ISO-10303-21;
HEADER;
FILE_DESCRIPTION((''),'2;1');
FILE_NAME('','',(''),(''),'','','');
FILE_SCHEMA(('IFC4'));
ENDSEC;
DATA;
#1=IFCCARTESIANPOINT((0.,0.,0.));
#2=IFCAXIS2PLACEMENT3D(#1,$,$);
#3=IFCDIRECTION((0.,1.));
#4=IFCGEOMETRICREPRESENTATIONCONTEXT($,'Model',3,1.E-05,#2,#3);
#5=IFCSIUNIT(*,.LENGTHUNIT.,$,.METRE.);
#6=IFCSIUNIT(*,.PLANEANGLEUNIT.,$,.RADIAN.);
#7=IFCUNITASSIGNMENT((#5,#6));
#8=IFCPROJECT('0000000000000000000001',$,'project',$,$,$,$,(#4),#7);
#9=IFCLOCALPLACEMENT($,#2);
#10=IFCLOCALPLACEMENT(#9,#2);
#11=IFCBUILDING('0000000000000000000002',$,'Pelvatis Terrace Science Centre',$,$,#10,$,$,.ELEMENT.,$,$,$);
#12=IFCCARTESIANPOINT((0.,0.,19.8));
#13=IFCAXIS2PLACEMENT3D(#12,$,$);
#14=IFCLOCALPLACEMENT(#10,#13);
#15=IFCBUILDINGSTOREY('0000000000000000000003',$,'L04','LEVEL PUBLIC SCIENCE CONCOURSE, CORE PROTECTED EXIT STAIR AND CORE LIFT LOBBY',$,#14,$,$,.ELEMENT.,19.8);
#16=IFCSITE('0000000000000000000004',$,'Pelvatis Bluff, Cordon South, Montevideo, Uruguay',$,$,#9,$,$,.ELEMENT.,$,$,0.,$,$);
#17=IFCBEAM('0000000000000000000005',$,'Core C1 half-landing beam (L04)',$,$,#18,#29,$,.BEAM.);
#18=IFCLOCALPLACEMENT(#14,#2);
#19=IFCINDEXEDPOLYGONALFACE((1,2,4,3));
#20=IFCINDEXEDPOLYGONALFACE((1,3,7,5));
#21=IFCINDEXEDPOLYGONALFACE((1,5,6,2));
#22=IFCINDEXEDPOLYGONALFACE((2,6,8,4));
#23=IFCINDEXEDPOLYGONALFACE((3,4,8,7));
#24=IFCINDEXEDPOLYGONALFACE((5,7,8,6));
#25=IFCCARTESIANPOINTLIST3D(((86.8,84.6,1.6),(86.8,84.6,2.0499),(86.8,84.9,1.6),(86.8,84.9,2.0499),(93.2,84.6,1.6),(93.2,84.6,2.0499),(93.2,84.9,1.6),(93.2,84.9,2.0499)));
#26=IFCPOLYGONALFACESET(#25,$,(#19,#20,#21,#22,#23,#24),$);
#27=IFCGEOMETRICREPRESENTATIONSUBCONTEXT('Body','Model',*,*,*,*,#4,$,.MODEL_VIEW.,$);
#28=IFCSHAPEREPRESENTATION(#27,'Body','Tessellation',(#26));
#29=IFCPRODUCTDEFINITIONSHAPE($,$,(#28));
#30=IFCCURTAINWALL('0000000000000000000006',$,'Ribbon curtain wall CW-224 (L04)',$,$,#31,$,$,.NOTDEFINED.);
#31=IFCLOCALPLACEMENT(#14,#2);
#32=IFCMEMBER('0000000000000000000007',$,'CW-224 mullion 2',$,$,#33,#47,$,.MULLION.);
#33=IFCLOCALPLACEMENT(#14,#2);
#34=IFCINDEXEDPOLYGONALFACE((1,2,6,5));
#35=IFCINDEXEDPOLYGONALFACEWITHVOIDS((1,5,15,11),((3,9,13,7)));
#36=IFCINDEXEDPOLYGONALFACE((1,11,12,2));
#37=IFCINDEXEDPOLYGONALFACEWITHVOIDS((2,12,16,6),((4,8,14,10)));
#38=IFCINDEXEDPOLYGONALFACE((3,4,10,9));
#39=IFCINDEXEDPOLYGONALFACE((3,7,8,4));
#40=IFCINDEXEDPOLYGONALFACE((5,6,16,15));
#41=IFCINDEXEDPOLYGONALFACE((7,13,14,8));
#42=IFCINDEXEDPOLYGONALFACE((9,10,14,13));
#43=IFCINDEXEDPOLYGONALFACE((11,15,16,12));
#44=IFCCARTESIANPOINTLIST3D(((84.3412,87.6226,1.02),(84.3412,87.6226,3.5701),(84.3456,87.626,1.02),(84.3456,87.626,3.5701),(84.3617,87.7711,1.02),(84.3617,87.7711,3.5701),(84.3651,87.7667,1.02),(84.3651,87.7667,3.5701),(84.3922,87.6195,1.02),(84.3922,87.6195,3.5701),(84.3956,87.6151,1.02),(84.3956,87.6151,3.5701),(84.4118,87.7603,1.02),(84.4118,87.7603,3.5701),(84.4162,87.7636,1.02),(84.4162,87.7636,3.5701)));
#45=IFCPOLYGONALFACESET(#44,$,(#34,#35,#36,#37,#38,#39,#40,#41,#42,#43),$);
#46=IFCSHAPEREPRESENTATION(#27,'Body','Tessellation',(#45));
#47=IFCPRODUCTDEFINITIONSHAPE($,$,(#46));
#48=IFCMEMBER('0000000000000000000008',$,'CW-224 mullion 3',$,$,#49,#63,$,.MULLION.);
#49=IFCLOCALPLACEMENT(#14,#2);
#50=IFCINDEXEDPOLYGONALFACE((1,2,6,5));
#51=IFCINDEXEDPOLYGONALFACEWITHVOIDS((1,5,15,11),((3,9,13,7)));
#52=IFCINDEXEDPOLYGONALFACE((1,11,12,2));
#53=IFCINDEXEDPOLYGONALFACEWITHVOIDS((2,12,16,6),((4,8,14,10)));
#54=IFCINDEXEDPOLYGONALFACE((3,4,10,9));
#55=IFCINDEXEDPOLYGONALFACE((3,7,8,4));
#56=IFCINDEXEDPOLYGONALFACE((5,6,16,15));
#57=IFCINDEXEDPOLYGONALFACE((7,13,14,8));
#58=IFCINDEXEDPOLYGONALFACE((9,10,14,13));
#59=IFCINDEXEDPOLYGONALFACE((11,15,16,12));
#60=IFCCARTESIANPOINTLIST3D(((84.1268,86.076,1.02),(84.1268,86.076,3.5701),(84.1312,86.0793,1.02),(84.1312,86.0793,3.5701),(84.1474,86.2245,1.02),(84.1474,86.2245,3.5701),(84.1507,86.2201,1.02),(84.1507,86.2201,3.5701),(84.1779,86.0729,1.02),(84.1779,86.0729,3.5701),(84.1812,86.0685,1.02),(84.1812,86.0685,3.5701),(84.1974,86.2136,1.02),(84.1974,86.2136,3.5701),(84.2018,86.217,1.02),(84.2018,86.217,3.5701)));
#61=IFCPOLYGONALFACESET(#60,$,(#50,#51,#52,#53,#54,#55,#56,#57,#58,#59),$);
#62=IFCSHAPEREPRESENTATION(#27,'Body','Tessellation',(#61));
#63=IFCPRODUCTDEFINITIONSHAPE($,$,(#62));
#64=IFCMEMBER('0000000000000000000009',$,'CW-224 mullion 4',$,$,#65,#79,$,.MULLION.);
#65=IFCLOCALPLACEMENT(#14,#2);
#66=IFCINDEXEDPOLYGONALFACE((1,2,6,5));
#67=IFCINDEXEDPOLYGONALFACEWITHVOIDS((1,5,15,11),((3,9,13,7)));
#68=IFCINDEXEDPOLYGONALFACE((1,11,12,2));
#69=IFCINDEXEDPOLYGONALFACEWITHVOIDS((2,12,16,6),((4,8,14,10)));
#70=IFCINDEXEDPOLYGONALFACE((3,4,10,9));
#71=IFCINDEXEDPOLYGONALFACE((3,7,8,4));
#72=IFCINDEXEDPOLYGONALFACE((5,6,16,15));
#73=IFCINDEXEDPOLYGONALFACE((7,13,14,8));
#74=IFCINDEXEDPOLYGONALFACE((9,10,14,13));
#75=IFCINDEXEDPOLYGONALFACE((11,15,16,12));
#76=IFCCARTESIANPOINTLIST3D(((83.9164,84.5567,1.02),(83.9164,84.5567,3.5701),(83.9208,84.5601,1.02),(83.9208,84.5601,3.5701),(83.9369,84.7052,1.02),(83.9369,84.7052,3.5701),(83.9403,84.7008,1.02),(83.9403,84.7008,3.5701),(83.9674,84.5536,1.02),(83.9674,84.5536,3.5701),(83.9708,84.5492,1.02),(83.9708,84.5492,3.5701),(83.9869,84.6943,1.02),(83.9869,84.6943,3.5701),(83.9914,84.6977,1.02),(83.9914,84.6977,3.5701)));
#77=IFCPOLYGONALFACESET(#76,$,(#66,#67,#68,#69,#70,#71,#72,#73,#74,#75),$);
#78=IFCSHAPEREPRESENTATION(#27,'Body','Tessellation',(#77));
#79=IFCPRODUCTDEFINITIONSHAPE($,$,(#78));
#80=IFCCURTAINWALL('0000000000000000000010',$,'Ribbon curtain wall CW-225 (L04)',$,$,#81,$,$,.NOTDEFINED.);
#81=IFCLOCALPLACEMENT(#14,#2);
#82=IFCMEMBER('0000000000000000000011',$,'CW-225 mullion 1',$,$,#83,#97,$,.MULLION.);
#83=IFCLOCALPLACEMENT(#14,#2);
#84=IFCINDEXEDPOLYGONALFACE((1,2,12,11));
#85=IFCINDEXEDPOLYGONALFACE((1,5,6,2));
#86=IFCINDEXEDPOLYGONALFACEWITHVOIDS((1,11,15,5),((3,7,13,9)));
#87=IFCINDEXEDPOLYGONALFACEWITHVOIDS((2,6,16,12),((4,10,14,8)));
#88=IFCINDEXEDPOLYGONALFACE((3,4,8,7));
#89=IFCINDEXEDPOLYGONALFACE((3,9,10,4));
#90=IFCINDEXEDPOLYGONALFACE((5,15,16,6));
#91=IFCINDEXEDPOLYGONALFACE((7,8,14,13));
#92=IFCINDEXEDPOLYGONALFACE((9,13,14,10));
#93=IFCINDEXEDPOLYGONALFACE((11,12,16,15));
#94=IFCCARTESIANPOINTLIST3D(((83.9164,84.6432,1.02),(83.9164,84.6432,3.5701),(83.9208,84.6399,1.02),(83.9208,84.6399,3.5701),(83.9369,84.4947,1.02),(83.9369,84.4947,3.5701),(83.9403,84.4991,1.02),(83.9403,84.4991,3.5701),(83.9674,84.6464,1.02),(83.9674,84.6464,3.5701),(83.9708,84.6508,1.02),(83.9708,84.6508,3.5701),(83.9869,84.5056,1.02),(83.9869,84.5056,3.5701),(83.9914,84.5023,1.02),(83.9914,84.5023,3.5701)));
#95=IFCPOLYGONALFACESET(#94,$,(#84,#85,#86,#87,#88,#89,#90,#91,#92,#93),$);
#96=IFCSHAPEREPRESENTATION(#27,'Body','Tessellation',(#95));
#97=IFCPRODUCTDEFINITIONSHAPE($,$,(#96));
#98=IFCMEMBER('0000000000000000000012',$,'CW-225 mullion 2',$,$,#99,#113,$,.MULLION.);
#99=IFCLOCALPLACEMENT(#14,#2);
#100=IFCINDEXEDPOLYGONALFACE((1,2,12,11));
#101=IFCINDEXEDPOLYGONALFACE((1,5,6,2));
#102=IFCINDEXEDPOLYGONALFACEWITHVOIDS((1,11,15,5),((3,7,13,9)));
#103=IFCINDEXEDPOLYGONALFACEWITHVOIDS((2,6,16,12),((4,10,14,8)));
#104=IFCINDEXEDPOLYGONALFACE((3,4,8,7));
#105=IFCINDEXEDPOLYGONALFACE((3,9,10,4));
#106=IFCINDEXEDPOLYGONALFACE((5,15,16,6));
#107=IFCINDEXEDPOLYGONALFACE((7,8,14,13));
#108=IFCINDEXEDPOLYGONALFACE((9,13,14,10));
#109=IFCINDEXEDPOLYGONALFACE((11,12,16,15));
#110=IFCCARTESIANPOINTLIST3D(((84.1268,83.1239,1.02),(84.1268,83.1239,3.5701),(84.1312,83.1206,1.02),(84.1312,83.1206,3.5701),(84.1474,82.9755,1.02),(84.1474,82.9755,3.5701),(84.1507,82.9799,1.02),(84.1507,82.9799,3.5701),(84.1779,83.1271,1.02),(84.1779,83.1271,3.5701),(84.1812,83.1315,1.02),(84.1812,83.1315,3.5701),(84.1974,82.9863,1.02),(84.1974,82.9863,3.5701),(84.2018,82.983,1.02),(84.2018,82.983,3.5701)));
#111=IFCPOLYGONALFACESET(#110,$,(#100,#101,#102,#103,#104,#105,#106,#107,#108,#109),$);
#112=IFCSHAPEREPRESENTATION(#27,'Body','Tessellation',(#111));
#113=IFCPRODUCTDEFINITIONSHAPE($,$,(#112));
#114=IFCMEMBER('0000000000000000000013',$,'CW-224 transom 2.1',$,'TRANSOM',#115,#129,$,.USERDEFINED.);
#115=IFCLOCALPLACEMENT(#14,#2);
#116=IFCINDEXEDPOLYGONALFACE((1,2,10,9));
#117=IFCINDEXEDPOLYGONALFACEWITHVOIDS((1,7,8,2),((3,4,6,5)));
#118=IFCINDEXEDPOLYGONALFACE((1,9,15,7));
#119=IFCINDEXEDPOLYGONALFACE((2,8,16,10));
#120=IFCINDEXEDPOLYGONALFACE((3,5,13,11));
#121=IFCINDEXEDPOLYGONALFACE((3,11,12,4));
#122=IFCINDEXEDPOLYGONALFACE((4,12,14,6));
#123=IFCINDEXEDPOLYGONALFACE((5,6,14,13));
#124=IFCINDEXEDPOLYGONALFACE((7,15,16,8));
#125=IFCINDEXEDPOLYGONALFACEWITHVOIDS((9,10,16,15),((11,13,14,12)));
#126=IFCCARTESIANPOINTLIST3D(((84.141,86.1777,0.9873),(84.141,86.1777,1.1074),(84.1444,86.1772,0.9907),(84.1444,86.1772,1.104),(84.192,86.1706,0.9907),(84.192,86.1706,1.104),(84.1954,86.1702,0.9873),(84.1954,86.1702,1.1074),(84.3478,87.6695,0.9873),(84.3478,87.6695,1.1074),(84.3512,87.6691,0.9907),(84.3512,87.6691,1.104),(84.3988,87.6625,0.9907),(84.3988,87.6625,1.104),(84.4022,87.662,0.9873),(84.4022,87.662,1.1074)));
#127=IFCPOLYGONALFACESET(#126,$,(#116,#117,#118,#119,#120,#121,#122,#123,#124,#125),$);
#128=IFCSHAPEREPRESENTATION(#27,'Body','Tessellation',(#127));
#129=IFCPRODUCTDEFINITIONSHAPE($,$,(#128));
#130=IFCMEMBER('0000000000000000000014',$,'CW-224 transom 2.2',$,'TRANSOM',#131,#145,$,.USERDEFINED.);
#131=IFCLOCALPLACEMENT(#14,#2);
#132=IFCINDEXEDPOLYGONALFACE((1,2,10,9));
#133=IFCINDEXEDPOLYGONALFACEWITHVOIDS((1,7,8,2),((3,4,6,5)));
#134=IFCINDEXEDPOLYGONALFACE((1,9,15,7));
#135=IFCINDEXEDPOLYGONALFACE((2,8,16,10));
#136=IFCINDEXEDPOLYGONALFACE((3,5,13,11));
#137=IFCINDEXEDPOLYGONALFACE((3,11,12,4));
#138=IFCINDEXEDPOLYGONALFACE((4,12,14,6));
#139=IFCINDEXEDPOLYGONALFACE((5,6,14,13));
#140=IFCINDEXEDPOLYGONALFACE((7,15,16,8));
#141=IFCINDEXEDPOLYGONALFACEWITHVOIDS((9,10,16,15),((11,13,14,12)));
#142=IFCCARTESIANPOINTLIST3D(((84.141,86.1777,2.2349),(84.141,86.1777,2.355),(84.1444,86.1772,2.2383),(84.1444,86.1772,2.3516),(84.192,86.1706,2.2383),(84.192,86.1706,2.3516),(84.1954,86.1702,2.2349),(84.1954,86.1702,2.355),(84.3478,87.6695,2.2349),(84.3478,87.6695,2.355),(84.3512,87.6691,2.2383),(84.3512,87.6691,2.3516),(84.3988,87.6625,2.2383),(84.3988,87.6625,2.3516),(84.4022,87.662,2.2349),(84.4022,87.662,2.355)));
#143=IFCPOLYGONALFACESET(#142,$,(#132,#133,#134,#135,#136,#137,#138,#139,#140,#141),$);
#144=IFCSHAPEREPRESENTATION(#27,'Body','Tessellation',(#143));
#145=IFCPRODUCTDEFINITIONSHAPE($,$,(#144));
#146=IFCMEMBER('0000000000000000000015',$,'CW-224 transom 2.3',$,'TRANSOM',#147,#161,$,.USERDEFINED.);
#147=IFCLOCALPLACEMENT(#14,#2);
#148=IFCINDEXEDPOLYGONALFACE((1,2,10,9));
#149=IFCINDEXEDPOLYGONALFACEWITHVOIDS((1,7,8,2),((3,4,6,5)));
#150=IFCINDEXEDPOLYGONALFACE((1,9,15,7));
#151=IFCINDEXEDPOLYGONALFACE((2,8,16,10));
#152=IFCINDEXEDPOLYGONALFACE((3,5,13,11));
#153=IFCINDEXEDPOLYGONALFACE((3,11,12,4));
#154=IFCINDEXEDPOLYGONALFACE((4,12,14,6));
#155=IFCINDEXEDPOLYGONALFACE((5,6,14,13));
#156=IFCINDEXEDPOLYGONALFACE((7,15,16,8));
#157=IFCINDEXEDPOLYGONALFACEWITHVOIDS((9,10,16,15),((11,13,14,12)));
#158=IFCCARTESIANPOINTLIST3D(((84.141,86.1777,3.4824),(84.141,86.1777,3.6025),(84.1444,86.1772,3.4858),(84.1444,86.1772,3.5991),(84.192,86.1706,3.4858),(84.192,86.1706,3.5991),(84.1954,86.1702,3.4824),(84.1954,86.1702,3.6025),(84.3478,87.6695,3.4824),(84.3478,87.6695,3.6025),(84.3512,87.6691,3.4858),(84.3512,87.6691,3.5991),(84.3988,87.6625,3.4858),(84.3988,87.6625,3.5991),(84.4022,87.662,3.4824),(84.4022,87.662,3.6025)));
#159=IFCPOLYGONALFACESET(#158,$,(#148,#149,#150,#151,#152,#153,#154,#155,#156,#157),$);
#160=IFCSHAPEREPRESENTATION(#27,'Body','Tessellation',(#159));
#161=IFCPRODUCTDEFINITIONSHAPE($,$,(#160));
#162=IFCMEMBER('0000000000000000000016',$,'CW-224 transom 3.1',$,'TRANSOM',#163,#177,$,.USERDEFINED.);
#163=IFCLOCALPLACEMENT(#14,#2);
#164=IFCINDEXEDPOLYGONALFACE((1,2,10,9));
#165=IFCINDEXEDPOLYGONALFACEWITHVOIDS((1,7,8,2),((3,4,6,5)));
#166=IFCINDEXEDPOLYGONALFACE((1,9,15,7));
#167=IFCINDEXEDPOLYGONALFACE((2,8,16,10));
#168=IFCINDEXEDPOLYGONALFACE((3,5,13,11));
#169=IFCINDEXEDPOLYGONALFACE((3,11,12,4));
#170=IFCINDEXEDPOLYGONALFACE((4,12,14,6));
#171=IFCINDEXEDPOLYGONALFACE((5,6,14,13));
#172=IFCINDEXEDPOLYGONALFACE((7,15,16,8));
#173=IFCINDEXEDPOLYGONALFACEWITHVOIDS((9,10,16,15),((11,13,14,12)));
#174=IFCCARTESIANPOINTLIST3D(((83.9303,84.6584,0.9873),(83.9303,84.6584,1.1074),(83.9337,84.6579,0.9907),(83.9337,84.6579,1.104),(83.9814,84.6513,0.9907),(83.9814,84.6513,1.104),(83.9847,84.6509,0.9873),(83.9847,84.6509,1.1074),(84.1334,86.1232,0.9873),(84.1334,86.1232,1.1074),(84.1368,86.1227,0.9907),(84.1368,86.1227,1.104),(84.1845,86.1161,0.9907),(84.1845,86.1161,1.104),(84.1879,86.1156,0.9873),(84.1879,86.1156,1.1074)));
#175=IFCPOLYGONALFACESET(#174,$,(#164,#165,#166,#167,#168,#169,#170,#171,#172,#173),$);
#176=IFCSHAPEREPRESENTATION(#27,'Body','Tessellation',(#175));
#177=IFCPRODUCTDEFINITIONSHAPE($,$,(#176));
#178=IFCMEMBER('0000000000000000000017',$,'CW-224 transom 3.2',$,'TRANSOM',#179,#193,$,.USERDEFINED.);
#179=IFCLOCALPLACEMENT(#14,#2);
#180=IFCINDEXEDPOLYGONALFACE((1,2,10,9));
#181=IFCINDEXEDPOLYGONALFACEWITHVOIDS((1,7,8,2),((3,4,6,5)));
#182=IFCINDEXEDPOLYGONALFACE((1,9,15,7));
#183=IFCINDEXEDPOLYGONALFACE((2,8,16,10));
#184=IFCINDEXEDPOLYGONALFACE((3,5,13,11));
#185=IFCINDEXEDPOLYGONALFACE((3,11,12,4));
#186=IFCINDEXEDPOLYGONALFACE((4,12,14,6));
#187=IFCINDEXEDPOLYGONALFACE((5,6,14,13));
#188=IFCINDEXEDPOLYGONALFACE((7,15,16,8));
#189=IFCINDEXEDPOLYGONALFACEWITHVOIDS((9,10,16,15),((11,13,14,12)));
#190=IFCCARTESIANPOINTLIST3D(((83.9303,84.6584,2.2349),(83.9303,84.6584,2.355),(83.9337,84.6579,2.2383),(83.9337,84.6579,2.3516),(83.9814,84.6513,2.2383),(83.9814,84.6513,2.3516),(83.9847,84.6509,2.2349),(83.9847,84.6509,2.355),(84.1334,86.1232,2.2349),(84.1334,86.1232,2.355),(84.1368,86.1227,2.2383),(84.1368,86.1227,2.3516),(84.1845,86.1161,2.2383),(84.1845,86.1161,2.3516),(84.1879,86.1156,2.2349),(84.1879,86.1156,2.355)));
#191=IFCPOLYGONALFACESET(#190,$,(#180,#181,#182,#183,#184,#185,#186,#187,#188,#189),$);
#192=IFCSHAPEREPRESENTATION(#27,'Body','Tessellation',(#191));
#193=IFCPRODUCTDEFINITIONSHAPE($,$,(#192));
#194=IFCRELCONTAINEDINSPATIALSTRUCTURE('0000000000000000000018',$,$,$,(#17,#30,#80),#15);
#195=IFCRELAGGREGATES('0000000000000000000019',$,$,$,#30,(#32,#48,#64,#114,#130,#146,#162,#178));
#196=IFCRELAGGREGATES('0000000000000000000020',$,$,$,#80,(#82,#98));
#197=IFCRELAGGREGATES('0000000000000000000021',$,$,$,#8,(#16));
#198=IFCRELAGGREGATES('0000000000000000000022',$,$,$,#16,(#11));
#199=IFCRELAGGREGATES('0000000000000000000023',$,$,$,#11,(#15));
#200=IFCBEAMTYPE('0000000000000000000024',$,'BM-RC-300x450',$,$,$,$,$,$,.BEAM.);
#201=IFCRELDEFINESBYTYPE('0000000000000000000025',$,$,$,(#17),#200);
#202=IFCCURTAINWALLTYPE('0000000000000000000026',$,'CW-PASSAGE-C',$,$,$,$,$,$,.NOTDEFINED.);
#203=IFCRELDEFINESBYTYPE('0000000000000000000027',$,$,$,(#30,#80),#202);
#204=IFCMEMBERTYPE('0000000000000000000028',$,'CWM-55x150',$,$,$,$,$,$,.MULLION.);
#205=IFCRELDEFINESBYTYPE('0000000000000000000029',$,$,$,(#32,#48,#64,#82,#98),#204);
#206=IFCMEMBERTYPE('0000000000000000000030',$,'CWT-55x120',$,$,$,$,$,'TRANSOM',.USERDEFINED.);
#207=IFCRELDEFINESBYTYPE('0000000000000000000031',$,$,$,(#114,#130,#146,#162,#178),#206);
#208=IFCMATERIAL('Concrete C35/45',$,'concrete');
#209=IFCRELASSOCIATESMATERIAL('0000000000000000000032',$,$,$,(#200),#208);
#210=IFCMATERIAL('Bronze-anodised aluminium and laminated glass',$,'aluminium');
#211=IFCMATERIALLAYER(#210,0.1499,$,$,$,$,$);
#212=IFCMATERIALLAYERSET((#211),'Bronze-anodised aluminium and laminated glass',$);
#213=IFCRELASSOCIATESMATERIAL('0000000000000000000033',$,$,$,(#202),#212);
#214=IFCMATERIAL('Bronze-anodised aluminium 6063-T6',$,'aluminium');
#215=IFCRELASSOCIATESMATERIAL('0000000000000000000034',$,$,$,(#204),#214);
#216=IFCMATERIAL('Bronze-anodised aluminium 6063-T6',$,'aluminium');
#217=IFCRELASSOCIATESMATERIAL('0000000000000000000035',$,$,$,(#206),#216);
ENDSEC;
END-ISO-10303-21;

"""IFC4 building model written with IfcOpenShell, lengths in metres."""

from ifc_helpers import new_model, si_unit, direction, frame, origin, origin_2d, place, context, subcontext, project, spatial, rectangle, hollow_rectangle, extrude, material, layer, layer_set, material_profile, profile_set, type_object, element, aggregate, save


model = new_model("IFC4")

# Units and contexts
model_context = context("Model", 3, precision=1e-05, world=origin(), true_north=direction((0.0, 1.0)))
body_context = subcontext(model_context, "Body", "Model", "MODEL_VIEW")
ifc_project = project(units=[si_unit("LENGTHUNIT", "METRE"), si_unit("PLANEANGLEUNIT", "RADIAN")], contexts=[model_context])

# Site, building, storey
site_placement = place(None, origin())
site = spatial("IfcSite", under=ifc_project, at=site_placement, Name="Pelvatis Bluff, Cordon South, Montevideo, Uruguay", CompositionType="ELEMENT", RefElevation=0.0)
building_placement = place(site_placement, origin())
building = spatial("IfcBuilding", under=site, at=building_placement, Name="Pelvatis Terrace Science Centre", CompositionType="ELEMENT")
storey_placement = place(building_placement, frame((0.0, 0.0, 19.8)))
storey = spatial("IfcBuildingStorey", under=building, at=storey_placement, Name="L04", Description="LEVEL PUBLIC SCIENCE CONCOURSE, CORE PROTECTED EXIT STAIR AND CORE LIFT LOBBY", CompositionType="ELEMENT", Elevation=19.8)

# Beam
ifc_material_1 = material(Name="Concrete C35/45", Category="concrete")
ifc_material_profile_1 = material_profile(ifc_material_1, rectangle(XDim=0.3, YDim=0.45, at=origin_2d()), Name="RC-BM 300x450")
ifc_profile_set_1 = profile_set([ifc_material_profile_1], Name="Concrete C35/45")
beam_type = type_object("IfcBeamType", Name="BM-RC-300x450", PredefinedType="BEAM", material=ifc_profile_set_1)
beam_placement = place(storey_placement, frame((86.8, 84.75, 1.825), z_axis=(1.0, 0.0, 0.0), x_axis=(0.0, 1.0, 0.0)))
element("IfcBeam", 1, at=beam_placement, inside=storey, type_object=beam_type, Name="Core C1 half-landing beam (L04)", PredefinedType="BEAM", context=body_context, shape_type="SweptSolid", body=[
    extrude(rectangle(XDim=0.3, YDim=0.45, at=origin_2d()), origin(), (0.0, 0.0, 1.0), 6.3999),
])

# Curtain walls, members
ifc_material_2 = material(Name="Bronze-anodised aluminium and laminated glass", Category="aluminium")
ifc_layer_1 = layer(ifc_material_2, 0.1499)
ifc_layer_set_1 = layer_set([ifc_layer_1], Name="Bronze-anodised aluminium and laminated glass")
curtain_wall_type = type_object("IfcCurtainWallType", Name="CW-PASSAGE-C", PredefinedType="NOTDEFINED", material=ifc_layer_set_1)
curtain_wall_1_placement = place(storey_placement, origin())
curtain_wall_1 = element("IfcCurtainWall", 2, at=curtain_wall_1_placement, inside=storey, type_object=curtain_wall_type, Name="Ribbon curtain wall CW-224 (L04)", PredefinedType="NOTDEFINED")
ifc_material_3 = material(Name="Bronze-anodised aluminium 6063-T6", Category="aluminium")
ifc_material_profile_2 = material_profile(ifc_material_3, hollow_rectangle(XDim=0.0549, YDim=0.1499, WallThickness=0.0039, at=origin_2d()), Name="ALU-MUL 55x150")
ifc_profile_set_2 = profile_set([ifc_material_profile_2], Name="Bronze-anodised aluminium 6063-T6")
member_type_1 = type_object("IfcMemberType", Name="CWM-55x150", PredefinedType="MULLION", material=ifc_profile_set_2)
member_1_placement = place(storey_placement, frame((84.3787, 87.6931, 1.02), z_axis=(0.0, 0.0, 1.0), x_axis=(0.99053, -0.137298, 0.0)))
member_1 = element("IfcMember", 3, at=member_1_placement, type_object=member_type_1, Name="CW-224 mullion 2", PredefinedType="MULLION", context=body_context, shape_type="SweptSolid", body=[
    extrude(hollow_rectangle(XDim=0.0549, YDim=0.1499, WallThickness=0.0039, at=origin_2d()), origin(), (0.0, 0.0, 1.0), 2.55),
])
member_2_placement = place(storey_placement, frame((84.1643, 86.1465, 1.02), z_axis=(0.0, 0.0, 1.0), x_axis=(0.99053, -0.137298, 0.0)))
member_2 = element("IfcMember", 4, at=member_2_placement, type_object=member_type_1, Name="CW-224 mullion 3", PredefinedType="MULLION", context=body_context, shape_type="SweptSolid", body=[
    extrude(hollow_rectangle(XDim=0.0549, YDim=0.1499, WallThickness=0.0039, at=origin_2d()), origin(), (0.0, 0.0, 1.0), 2.55),
])
member_3_placement = place(storey_placement, frame((83.9539, 84.6272, 1.02), z_axis=(0.0, 0.0, 1.0), x_axis=(0.99053, -0.137298, 0.0)))
member_3 = element("IfcMember", 5, at=member_3_placement, type_object=member_type_1, Name="CW-224 mullion 4", PredefinedType="MULLION", context=body_context, shape_type="SweptSolid", body=[
    extrude(hollow_rectangle(XDim=0.0549, YDim=0.1499, WallThickness=0.0039, at=origin_2d()), origin(), (0.0, 0.0, 1.0), 2.55),
])
curtain_wall_2_placement = place(storey_placement, origin())
curtain_wall_2 = element("IfcCurtainWall", 6, at=curtain_wall_2_placement, inside=storey, type_object=curtain_wall_type, Name="Ribbon curtain wall CW-225 (L04)", PredefinedType="NOTDEFINED")
member_4_placement = place(storey_placement, frame((83.9539, 84.5728, 1.02), z_axis=(0.0, 0.0, 1.0), x_axis=(0.99053, 0.137298, 0.0)))
member_4 = element("IfcMember", 7, at=member_4_placement, type_object=member_type_1, Name="CW-225 mullion 1", PredefinedType="MULLION", context=body_context, shape_type="SweptSolid", body=[
    extrude(hollow_rectangle(XDim=0.0549, YDim=0.1499, WallThickness=0.0039, at=origin_2d()), origin(), (0.0, 0.0, 1.0), 2.55),
])
member_5_placement = place(storey_placement, frame((84.1643, 83.0535, 1.02), z_axis=(0.0, 0.0, 1.0), x_axis=(0.99053, 0.137298, 0.0)))
member_5 = element("IfcMember", 8, at=member_5_placement, type_object=member_type_1, Name="CW-225 mullion 2", PredefinedType="MULLION", context=body_context, shape_type="SweptSolid", body=[
    extrude(hollow_rectangle(XDim=0.0549, YDim=0.1499, WallThickness=0.0039, at=origin_2d()), origin(), (0.0, 0.0, 1.0), 2.55),
])

# Members
ifc_material_4 = material(Name="Bronze-anodised aluminium 6063-T6", Category="aluminium")
ifc_material_profile_3 = material_profile(ifc_material_4, hollow_rectangle(XDim=0.0549, YDim=0.1201, WallThickness=0.0034, at=origin_2d()), Name="ALU-TRN 55x120")
ifc_profile_set_3 = profile_set([ifc_material_profile_3], Name="Bronze-anodised aluminium 6063-T6")
member_type_2 = type_object("IfcMemberType", Name="CWT-55x120", ElementType="TRANSOM", PredefinedType="USERDEFINED", material=ifc_profile_set_3)
member_6_placement = place(storey_placement, frame((84.375, 87.6658, 1.0474), z_axis=(-0.13729, -0.990531, 0.0), x_axis=(0.990531, -0.13729, 0.0)))
member_6 = element("IfcMember", 9, at=member_6_placement, type_object=member_type_2, Name="CW-224 transom 2.1", ObjectType="TRANSOM", PredefinedType="USERDEFINED", context=body_context, shape_type="SweptSolid", body=[
    extrude(hollow_rectangle(XDim=0.0549, YDim=0.1201, WallThickness=0.0034, at=origin_2d()), origin(), (0.0, 0.0, 1.0), 1.5061),
])
member_7_placement = place(storey_placement, frame((84.375, 87.6658, 2.2949), z_axis=(-0.13729, -0.990531, 0.0), x_axis=(0.990531, -0.13729, 0.0)))
member_7 = element("IfcMember", 10, at=member_7_placement, type_object=member_type_2, Name="CW-224 transom 2.2", ObjectType="TRANSOM", PredefinedType="USERDEFINED", context=body_context, shape_type="SweptSolid", body=[
    extrude(hollow_rectangle(XDim=0.0549, YDim=0.1201, WallThickness=0.0034, at=origin_2d()), origin(), (0.0, 0.0, 1.0), 1.5061),
])
member_8_placement = place(storey_placement, frame((84.375, 87.6658, 3.5425), z_axis=(-0.13729, -0.990531, 0.0), x_axis=(0.990531, -0.13729, 0.0)))
member_8 = element("IfcMember", 11, at=member_8_placement, type_object=member_type_2, Name="CW-224 transom 2.3", ObjectType="TRANSOM", PredefinedType="USERDEFINED", context=body_context, shape_type="SweptSolid", body=[
    extrude(hollow_rectangle(XDim=0.0549, YDim=0.1201, WallThickness=0.0034, at=origin_2d()), origin(), (0.0, 0.0, 1.0), 1.5061),
])
member_9_placement = place(storey_placement, frame((84.1606, 86.1194, 1.0474), z_axis=(-0.137352, -0.990522, 0.0), x_axis=(0.990522, -0.137352, 0.0)))
member_9 = element("IfcMember", 12, at=member_9_placement, type_object=member_type_2, Name="CW-224 transom 3.1", ObjectType="TRANSOM", PredefinedType="USERDEFINED", context=body_context, shape_type="SweptSolid", body=[
    extrude(hollow_rectangle(XDim=0.0549, YDim=0.1201, WallThickness=0.0034, at=origin_2d()), origin(), (0.0, 0.0, 1.0), 1.4788),
])
member_10_placement = place(storey_placement, frame((84.1606, 86.1194, 2.2949), z_axis=(-0.137352, -0.990522, 0.0), x_axis=(0.990522, -0.137352, 0.0)))
member_10 = element("IfcMember", 13, at=member_10_placement, type_object=member_type_2, Name="CW-224 transom 3.2", ObjectType="TRANSOM", PredefinedType="USERDEFINED", context=body_context, shape_type="SweptSolid", body=[
    extrude(hollow_rectangle(XDim=0.0549, YDim=0.1201, WallThickness=0.0034, at=origin_2d()), origin(), (0.0, 0.0, 1.0), 1.4788),
])

aggregate(curtain_wall_1, [member_1, member_2, member_3, member_6, member_7, member_8, member_9, member_10])
aggregate(curtain_wall_2, [member_4, member_5])

save(model, "model.ifc")
